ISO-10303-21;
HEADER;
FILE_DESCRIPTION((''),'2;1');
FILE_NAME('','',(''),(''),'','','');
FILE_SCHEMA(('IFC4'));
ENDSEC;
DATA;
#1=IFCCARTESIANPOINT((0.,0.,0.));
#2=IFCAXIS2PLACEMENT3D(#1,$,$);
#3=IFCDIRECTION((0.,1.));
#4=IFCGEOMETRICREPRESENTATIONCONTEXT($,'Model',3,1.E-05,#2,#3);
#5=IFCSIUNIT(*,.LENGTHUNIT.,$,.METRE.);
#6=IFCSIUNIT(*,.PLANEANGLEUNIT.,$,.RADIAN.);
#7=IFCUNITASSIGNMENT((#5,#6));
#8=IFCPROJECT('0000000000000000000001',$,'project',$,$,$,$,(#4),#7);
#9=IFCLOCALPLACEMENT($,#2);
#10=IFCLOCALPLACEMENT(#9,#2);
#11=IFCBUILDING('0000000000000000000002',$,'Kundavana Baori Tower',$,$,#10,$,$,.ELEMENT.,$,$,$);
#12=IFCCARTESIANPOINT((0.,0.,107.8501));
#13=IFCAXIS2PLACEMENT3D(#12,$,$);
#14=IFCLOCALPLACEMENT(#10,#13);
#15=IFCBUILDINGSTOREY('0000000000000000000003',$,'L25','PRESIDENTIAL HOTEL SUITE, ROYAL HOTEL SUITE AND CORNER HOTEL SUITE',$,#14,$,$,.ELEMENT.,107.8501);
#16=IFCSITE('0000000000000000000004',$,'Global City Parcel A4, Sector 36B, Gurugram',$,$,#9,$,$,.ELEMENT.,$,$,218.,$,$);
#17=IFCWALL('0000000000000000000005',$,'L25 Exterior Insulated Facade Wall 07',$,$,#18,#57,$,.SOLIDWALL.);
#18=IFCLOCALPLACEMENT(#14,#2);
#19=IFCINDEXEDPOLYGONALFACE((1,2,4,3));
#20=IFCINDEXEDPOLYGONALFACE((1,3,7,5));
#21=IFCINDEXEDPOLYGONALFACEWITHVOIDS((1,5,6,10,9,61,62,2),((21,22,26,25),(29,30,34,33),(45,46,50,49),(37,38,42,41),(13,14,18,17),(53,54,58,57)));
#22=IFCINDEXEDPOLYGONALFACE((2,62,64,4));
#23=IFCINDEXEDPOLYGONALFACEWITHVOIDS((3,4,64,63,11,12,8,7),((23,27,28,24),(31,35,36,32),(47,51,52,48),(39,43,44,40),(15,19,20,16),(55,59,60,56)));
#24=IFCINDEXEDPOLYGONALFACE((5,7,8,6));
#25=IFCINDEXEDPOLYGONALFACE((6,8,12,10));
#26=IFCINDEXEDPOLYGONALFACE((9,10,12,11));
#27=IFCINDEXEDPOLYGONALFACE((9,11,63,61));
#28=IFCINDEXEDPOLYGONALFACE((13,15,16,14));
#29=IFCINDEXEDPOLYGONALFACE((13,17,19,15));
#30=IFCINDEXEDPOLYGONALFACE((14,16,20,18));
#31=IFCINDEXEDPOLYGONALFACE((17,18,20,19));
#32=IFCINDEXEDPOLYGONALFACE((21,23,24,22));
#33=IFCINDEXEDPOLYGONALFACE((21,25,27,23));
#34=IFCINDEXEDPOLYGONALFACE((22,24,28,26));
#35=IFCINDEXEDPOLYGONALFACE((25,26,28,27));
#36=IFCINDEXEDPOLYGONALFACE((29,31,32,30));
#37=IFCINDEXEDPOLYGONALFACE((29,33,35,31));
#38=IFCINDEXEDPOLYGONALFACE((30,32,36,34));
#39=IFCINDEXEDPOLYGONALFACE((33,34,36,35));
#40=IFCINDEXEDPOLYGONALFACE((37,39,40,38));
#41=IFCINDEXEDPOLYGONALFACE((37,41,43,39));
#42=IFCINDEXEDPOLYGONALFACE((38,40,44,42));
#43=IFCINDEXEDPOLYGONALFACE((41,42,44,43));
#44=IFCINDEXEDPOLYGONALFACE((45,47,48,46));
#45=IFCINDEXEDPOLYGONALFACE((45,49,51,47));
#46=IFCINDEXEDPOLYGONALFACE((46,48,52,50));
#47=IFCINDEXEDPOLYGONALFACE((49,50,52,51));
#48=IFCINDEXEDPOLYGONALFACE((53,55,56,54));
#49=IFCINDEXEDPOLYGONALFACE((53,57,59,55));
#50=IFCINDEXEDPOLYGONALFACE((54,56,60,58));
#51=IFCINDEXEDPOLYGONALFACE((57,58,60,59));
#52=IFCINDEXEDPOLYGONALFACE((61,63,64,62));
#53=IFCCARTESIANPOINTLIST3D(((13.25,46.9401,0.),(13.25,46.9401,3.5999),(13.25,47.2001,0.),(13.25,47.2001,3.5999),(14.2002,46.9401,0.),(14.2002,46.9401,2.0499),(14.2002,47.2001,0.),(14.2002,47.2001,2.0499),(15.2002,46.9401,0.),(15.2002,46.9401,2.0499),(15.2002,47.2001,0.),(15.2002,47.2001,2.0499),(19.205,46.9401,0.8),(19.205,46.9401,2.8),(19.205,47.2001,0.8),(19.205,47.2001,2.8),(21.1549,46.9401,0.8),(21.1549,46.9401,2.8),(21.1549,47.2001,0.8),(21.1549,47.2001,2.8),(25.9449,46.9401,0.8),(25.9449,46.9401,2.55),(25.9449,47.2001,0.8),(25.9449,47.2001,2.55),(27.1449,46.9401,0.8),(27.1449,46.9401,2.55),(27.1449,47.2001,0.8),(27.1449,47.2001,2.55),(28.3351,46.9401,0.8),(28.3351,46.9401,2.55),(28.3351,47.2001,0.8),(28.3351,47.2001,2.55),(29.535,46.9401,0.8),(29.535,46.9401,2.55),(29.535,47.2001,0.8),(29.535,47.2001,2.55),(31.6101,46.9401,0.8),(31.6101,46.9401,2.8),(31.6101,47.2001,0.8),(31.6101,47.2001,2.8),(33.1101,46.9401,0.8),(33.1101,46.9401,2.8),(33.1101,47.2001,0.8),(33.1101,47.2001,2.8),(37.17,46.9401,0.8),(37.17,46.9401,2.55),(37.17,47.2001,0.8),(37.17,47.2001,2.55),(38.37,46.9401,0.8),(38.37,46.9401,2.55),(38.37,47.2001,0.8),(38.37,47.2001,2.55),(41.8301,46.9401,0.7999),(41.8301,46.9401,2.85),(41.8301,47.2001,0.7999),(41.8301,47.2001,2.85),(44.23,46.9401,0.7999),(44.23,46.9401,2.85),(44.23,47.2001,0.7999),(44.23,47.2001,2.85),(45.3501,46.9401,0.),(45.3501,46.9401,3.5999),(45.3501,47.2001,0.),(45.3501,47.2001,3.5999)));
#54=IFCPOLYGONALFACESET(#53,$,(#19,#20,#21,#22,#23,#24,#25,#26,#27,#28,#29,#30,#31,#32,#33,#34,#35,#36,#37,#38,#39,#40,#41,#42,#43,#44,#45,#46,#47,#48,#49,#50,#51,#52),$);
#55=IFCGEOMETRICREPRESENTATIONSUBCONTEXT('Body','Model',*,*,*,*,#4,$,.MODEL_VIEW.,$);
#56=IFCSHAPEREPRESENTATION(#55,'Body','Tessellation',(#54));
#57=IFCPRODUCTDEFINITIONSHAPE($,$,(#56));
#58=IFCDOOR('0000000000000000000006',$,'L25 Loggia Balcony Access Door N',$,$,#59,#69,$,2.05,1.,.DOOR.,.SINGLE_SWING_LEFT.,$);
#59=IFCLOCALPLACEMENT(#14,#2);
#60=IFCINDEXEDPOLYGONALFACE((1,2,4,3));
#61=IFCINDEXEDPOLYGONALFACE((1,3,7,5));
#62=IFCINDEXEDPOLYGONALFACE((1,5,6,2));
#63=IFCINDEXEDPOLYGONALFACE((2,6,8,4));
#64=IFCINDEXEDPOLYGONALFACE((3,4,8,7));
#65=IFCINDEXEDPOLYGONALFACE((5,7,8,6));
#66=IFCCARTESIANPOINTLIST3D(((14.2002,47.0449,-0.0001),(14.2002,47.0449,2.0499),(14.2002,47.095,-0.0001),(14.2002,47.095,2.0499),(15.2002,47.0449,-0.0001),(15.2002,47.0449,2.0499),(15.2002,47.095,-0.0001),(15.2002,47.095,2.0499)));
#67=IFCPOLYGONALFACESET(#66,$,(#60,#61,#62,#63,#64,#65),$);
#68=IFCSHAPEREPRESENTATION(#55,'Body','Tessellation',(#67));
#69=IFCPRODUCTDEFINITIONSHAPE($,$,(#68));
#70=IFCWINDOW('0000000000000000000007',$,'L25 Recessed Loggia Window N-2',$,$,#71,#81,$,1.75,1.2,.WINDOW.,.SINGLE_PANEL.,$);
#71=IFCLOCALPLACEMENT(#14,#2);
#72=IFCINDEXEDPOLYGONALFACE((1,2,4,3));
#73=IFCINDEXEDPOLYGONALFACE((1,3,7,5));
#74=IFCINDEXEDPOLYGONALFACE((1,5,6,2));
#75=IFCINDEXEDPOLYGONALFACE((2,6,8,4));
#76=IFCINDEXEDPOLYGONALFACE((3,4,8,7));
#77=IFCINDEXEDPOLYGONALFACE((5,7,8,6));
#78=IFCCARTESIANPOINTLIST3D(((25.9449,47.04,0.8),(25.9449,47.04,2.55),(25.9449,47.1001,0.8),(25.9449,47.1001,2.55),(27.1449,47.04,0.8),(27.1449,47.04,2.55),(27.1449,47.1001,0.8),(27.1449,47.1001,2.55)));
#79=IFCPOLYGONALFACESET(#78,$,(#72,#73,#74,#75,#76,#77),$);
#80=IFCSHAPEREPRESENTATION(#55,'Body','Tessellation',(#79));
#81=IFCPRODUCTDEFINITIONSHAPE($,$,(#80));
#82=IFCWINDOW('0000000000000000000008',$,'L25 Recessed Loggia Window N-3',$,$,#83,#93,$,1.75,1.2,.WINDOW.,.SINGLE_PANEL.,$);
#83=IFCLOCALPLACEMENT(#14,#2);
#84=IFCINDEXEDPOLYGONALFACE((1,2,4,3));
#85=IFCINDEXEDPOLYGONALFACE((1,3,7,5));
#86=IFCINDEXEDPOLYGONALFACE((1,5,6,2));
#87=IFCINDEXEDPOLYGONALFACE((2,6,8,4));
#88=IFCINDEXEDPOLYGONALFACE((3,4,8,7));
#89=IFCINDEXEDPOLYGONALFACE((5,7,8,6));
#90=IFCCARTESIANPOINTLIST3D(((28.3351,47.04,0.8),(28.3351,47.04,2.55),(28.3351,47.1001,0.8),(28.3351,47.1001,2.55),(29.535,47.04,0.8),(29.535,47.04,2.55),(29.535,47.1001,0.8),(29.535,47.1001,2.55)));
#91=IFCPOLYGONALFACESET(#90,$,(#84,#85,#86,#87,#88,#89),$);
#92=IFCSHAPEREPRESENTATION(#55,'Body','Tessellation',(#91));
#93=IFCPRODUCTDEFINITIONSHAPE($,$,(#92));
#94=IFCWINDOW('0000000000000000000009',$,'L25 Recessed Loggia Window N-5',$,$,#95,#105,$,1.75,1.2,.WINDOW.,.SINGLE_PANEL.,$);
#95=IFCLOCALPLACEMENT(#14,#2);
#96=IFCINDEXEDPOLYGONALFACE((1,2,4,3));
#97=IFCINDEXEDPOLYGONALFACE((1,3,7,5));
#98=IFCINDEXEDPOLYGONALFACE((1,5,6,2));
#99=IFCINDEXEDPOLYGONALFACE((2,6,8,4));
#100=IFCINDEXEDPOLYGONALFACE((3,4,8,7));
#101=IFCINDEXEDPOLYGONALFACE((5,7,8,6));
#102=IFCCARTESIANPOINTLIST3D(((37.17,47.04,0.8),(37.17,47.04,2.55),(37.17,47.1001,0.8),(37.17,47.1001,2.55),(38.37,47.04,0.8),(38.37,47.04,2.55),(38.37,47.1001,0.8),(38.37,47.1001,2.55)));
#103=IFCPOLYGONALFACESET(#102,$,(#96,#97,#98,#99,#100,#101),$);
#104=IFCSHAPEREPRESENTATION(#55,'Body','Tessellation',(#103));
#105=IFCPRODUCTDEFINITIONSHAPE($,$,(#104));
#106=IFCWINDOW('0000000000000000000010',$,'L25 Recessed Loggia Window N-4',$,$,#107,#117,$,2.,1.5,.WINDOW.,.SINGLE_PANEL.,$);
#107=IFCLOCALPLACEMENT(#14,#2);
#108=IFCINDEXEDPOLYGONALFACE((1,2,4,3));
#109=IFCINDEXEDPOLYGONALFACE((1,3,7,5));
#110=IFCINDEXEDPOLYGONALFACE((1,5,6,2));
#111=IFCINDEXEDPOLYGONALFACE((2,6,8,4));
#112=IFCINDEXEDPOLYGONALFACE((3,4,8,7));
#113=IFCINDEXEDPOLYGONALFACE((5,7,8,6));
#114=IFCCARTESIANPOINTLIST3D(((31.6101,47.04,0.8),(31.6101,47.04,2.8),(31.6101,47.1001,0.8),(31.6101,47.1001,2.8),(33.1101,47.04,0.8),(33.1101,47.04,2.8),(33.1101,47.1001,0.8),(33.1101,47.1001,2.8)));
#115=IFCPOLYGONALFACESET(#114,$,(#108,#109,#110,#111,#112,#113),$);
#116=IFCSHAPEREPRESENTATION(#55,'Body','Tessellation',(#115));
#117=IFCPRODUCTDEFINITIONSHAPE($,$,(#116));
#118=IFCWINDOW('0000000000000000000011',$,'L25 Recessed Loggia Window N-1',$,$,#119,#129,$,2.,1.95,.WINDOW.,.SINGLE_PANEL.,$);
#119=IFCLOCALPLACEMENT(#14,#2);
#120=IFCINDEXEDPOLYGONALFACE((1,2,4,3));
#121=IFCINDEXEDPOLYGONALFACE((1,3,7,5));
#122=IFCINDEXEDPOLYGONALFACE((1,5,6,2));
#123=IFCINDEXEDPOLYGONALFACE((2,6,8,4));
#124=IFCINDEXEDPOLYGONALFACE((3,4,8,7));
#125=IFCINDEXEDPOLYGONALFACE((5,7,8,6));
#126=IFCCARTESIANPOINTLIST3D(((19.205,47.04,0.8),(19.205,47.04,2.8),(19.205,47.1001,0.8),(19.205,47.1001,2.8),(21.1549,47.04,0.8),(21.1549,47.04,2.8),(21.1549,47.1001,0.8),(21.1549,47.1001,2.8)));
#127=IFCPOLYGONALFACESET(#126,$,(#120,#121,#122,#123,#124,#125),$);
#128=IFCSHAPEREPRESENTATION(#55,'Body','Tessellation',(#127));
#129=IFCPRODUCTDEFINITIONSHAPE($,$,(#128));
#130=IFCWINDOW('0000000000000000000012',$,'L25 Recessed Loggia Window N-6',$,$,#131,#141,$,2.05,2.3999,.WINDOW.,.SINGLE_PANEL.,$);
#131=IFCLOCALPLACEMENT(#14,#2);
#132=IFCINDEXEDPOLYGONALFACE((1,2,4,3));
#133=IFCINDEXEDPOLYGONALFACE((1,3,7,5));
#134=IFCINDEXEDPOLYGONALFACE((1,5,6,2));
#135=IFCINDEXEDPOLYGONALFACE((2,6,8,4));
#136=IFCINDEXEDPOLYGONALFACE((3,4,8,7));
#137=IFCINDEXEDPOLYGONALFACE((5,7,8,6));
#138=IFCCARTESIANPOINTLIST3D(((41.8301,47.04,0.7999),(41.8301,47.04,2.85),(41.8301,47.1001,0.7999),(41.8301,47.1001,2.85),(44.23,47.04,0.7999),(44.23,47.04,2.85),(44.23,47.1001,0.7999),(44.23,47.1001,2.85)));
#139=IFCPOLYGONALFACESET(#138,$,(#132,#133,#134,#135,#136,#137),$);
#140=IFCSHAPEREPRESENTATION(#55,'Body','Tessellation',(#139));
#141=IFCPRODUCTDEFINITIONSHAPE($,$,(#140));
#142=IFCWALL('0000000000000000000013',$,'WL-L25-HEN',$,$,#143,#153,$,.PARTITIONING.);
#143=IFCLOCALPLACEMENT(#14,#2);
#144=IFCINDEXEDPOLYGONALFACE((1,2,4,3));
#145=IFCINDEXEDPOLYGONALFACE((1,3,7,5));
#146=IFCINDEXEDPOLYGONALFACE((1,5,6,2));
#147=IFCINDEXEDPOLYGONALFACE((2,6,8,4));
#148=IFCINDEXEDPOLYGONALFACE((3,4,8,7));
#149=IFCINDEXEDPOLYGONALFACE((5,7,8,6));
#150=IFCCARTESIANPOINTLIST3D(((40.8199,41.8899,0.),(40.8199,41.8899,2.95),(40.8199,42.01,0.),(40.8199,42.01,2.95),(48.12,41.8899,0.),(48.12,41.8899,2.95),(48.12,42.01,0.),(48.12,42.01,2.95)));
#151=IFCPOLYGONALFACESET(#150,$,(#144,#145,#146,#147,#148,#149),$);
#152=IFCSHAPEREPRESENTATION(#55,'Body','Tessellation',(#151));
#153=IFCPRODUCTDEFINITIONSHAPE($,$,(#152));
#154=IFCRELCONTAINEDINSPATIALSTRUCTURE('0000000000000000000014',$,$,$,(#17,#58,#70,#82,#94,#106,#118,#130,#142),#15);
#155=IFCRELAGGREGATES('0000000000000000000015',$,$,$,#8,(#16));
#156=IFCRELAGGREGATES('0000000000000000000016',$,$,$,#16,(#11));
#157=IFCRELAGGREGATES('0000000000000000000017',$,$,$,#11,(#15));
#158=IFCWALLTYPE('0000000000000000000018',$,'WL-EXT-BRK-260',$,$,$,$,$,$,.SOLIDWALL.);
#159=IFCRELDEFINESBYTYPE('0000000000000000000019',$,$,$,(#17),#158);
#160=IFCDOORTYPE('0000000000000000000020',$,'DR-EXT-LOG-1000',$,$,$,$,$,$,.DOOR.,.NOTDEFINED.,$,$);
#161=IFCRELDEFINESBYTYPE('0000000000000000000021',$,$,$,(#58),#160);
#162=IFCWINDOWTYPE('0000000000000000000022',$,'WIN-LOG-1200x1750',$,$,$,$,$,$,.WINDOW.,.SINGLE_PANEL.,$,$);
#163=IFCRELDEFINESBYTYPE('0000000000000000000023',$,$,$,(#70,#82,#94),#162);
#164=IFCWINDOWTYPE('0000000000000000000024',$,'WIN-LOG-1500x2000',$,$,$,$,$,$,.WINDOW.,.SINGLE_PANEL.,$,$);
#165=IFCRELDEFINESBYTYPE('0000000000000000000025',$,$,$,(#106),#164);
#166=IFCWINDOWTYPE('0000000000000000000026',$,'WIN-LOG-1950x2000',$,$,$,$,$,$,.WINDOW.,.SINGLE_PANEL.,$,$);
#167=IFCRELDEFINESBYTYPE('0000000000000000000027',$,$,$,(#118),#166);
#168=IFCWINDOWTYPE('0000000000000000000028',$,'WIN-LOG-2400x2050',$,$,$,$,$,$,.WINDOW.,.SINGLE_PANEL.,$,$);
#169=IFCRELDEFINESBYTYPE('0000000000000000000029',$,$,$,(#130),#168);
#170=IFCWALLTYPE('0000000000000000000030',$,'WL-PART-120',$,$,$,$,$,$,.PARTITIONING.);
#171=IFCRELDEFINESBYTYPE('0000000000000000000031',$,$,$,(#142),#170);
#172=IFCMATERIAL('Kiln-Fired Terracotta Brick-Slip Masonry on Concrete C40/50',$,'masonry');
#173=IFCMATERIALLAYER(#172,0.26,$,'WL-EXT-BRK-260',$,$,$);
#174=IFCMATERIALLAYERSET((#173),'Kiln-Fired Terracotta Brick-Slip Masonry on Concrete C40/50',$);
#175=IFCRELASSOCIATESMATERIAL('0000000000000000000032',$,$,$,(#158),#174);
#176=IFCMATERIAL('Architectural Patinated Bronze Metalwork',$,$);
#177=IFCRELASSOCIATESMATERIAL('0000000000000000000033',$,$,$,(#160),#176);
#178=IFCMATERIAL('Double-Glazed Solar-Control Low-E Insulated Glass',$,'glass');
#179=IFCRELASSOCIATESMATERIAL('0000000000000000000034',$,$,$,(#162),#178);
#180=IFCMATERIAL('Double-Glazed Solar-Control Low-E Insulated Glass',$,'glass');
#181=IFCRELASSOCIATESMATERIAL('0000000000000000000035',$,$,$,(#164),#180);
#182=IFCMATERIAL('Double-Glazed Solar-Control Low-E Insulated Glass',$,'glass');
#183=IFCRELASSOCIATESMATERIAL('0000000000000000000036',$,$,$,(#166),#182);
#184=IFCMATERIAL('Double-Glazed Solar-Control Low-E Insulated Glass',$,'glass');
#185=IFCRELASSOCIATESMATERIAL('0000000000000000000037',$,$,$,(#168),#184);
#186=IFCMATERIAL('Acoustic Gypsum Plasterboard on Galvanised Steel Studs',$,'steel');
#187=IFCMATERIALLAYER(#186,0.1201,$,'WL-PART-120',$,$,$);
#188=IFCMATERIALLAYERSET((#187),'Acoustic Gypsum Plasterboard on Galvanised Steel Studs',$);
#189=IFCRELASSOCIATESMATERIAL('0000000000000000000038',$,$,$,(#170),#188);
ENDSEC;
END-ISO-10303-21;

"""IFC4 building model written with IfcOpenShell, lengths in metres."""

from ifc_helpers import new_model, si_unit, direction, frame, frame_2d, origin, place, context, subcontext, project, spatial, rectangle, extrude, material, layer, layer_set, type_object, element, fill, save


model = new_model("IFC4")

# Units and contexts
model_context = context("Model", 3, precision=1e-05, world=origin(), true_north=direction((0.0, 1.0)))
body_context = subcontext(model_context, "Body", "Model", "MODEL_VIEW")
ifc_project = project(units=[si_unit("LENGTHUNIT", "METRE"), si_unit("PLANEANGLEUNIT", "RADIAN")], contexts=[model_context])

# Site, building, storey
site_placement = place(None, origin())
site = spatial("IfcSite", under=ifc_project, at=site_placement, Name="Global City Parcel A4, Sector 36B, Gurugram", CompositionType="ELEMENT", RefElevation=218.0)
building_placement = place(site_placement, origin())
building = spatial("IfcBuilding", under=site, at=building_placement, Name="Kundavana Baori Tower", CompositionType="ELEMENT")
storey_placement = place(building_placement, frame((0.0, 0.0, 107.8501)))
storey = spatial("IfcBuildingStorey", under=building, at=storey_placement, Name="L25", Description="PRESIDENTIAL HOTEL SUITE, ROYAL HOTEL SUITE AND CORNER HOTEL SUITE", CompositionType="ELEMENT", Elevation=107.8501)

# Shared definitions
ifc_material_1 = material(Name="Kiln-Fired Terracotta Brick-Slip Masonry on Concrete C40/50", Category="masonry")
ifc_layer_1 = layer(ifc_material_1, 0.26, Name="WL-EXT-BRK-260")
ifc_layer_set_1 = layer_set([ifc_layer_1], Name="Kiln-Fired Terracotta Brick-Slip Masonry on Concrete C40/50")
wall_type_1 = type_object("IfcWallType", Name="WL-EXT-BRK-260", PredefinedType="SOLIDWALL", material=ifc_layer_set_1)

# Wall, openings, door, windows
wall_1_placement = place(storey_placement, frame((45.3501, 47.0701, 0.0), z_axis=(0.0, 0.0, 1.0), x_axis=(-1.0, 0.0, 0.0)))
wall_1 = element("IfcWall", 1, at=wall_1_placement, inside=storey, type_object=wall_type_1, Name="L25 Exterior Insulated Facade Wall 07", PredefinedType="SOLIDWALL", context=body_context, shape_type="SweptSolid", body=[
    extrude(rectangle(XDim=32.1001, YDim=0.26, at=frame_2d((16.05, 0.0))), origin(), (0.0, 0.0, 1.0), 3.5999),
])
opening_1_placement = place(wall_1_placement, frame((30.1499, 0.0, 0.0)))
opening_1 = element("IfcOpeningElement", 2, at=opening_1_placement, cuts=wall_1, PredefinedType="OPENING", context=body_context, shape_type="SweptSolid", body=[
    extrude(rectangle(XDim=1.0, YDim=2.05, at=frame_2d((0.5, 1.0249))), frame((0.0, 0.1401, 0.0), z_axis=(0.0, -1.0, 0.0), x_axis=(1.0, 0.0, 0.0)), (0.0, 0.0, 1.0), 0.28),
])
opening_2_placement = place(wall_1_placement, frame((24.1951, 0.0, 0.8)))
opening_2 = element("IfcOpeningElement", 3, at=opening_2_placement, cuts=wall_1, PredefinedType="OPENING", context=body_context, shape_type="SweptSolid", body=[
    extrude(rectangle(XDim=1.95, YDim=2.0, at=frame_2d((0.9751, 1.0))), frame((0.0, 0.1401, 0.0), z_axis=(0.0, -1.0, 0.0), x_axis=(1.0, 0.0, 0.0)), (0.0, 0.0, 1.0), 0.28),
])
opening_3_placement = place(wall_1_placement, frame((18.2051, 0.0, 0.8)))
opening_3 = element("IfcOpeningElement", 4, at=opening_3_placement, cuts=wall_1, PredefinedType="OPENING", context=body_context, shape_type="SweptSolid", body=[
    extrude(rectangle(XDim=1.2, YDim=1.75, at=frame_2d((0.6001, 0.875))), frame((0.0, 0.1401, 0.0), z_axis=(0.0, -1.0, 0.0), x_axis=(1.0, 0.0, 0.0)), (0.0, 0.0, 1.0), 0.28),
])
opening_4_placement = place(wall_1_placement, frame((15.8149, 0.0, 0.8)))
opening_4 = element("IfcOpeningElement", 5, at=opening_4_placement, cuts=wall_1, PredefinedType="OPENING", context=body_context, shape_type="SweptSolid", body=[
    extrude(rectangle(XDim=1.2, YDim=1.75, at=frame_2d((0.6001, 0.875))), frame((0.0, 0.1401, 0.0), z_axis=(0.0, -1.0, 0.0), x_axis=(1.0, 0.0, 0.0)), (0.0, 0.0, 1.0), 0.28),
])
opening_5_placement = place(wall_1_placement, frame((12.24, 0.0, 0.8)))
opening_5 = element("IfcOpeningElement", 6, at=opening_5_placement, cuts=wall_1, PredefinedType="OPENING", context=body_context, shape_type="SweptSolid", body=[
    extrude(rectangle(XDim=1.5, YDim=2.0, at=frame_2d((0.75, 1.0))), frame((0.0, 0.1401, 0.0), z_axis=(0.0, -1.0, 0.0), x_axis=(1.0, 0.0, 0.0)), (0.0, 0.0, 1.0), 0.28),
])
opening_6_placement = place(wall_1_placement, frame((6.98, 0.0, 0.8)))
opening_6 = element("IfcOpeningElement", 7, at=opening_6_placement, cuts=wall_1, PredefinedType="OPENING", context=body_context, shape_type="SweptSolid", body=[
    extrude(rectangle(XDim=1.2, YDim=1.75, at=frame_2d((0.6001, 0.875))), frame((0.0, 0.1401, 0.0), z_axis=(0.0, -1.0, 0.0), x_axis=(1.0, 0.0, 0.0)), (0.0, 0.0, 1.0), 0.28),
])
opening_7_placement = place(wall_1_placement, frame((1.1201, 0.0, 0.8)))
opening_7 = element("IfcOpeningElement", 8, at=opening_7_placement, cuts=wall_1, PredefinedType="OPENING", context=body_context, shape_type="SweptSolid", body=[
    extrude(rectangle(XDim=2.3999, YDim=2.05, at=frame_2d((1.2, 1.0249))), frame((0.0, 0.1401, 0.0), z_axis=(0.0, -1.0, 0.0), x_axis=(1.0, 0.0, 0.0)), (0.0, 0.0, 1.0), 0.28),
])
ifc_material_2 = material(Name="Architectural Patinated Bronze Metalwork")
door_type_1 = type_object("IfcDoorType", Name="DR-EXT-LOG-1000", OperationType="NOTDEFINED", PredefinedType="DOOR", material=ifc_material_2)
door_1_placement = place(opening_1_placement, frame((1.0, 0.0, 0.0), z_axis=(0.0, 0.0, 1.0), x_axis=(-1.0, 0.0, 0.0)))
door_1 = element("IfcDoor", 9, at=door_1_placement, inside=storey, type_object=door_type_1, Name="L25 Loggia Balcony Access Door N", OperationType="SINGLE_SWING_LEFT", OverallHeight=2.05, OverallWidth=1.0, PredefinedType="DOOR", context=body_context, shape_type="SweptSolid", body=[
    extrude(rectangle(XDim=1.0, YDim=2.05, at=frame_2d((0.5, 1.0249))), frame((0.0, 0.0249, 0.0), z_axis=(0.0, -1.0, 0.0), x_axis=(1.0, 0.0, 0.0)), (0.0, 0.0, 1.0), 0.05),
])
fill(opening_1, door_1)
ifc_material_3 = material(Name="Double-Glazed Solar-Control Low-E Insulated Glass", Category="glass")
window_type_1 = type_object("IfcWindowType", Name="WIN-LOG-1200x1750", PartitioningType="SINGLE_PANEL", PredefinedType="WINDOW", material=ifc_material_3)
window_1_placement = place(opening_3_placement, origin())
window_1 = element("IfcWindow", 10, at=window_1_placement, inside=storey, type_object=window_type_1, Name="L25 Recessed Loggia Window N-2", OverallHeight=1.75, OverallWidth=1.2, PartitioningType="SINGLE_PANEL", PredefinedType="WINDOW", context=body_context, shape_type="SweptSolid", body=[
    extrude(rectangle(XDim=1.2, YDim=1.75, at=frame_2d((0.6001, 0.875))), frame((0.0, 0.03, 0.0), z_axis=(0.0, -1.0, 0.0), x_axis=(1.0, 0.0, 0.0)), (0.0, 0.0, 1.0), 0.0601),
])
fill(opening_3, window_1)
window_2_placement = place(opening_4_placement, origin())
window_2 = element("IfcWindow", 11, at=window_2_placement, inside=storey, type_object=window_type_1, Name="L25 Recessed Loggia Window N-3", OverallHeight=1.75, OverallWidth=1.2, PartitioningType="SINGLE_PANEL", PredefinedType="WINDOW", context=body_context, shape_type="SweptSolid", body=[
    extrude(rectangle(XDim=1.2, YDim=1.75, at=frame_2d((0.6001, 0.875))), frame((0.0, 0.03, 0.0), z_axis=(0.0, -1.0, 0.0), x_axis=(1.0, 0.0, 0.0)), (0.0, 0.0, 1.0), 0.0601),
])
fill(opening_4, window_2)
window_3_placement = place(opening_6_placement, origin())
window_3 = element("IfcWindow", 12, at=window_3_placement, inside=storey, type_object=window_type_1, Name="L25 Recessed Loggia Window N-5", OverallHeight=1.75, OverallWidth=1.2, PartitioningType="SINGLE_PANEL", PredefinedType="WINDOW", context=body_context, shape_type="SweptSolid", body=[
    extrude(rectangle(XDim=1.2, YDim=1.75, at=frame_2d((0.6001, 0.875))), frame((0.0, 0.03, 0.0), z_axis=(0.0, -1.0, 0.0), x_axis=(1.0, 0.0, 0.0)), (0.0, 0.0, 1.0), 0.0601),
])
fill(opening_6, window_3)
ifc_material_4 = material(Name="Double-Glazed Solar-Control Low-E Insulated Glass", Category="glass")
window_type_2 = type_object("IfcWindowType", Name="WIN-LOG-1500x2000", PartitioningType="SINGLE_PANEL", PredefinedType="WINDOW", material=ifc_material_4)
window_4_placement = place(opening_5_placement, origin())
window_4 = element("IfcWindow", 13, at=window_4_placement, inside=storey, type_object=window_type_2, Name="L25 Recessed Loggia Window N-4", OverallHeight=2.0, OverallWidth=1.5, PartitioningType="SINGLE_PANEL", PredefinedType="WINDOW", context=body_context, shape_type="SweptSolid", body=[
    extrude(rectangle(XDim=1.5, YDim=2.0, at=frame_2d((0.75, 1.0))), frame((0.0, 0.03, 0.0), z_axis=(0.0, -1.0, 0.0), x_axis=(1.0, 0.0, 0.0)), (0.0, 0.0, 1.0), 0.0601),
])
fill(opening_5, window_4)
ifc_material_5 = material(Name="Double-Glazed Solar-Control Low-E Insulated Glass", Category="glass")
window_type_3 = type_object("IfcWindowType", Name="WIN-LOG-1950x2000", PartitioningType="SINGLE_PANEL", PredefinedType="WINDOW", material=ifc_material_5)
window_5_placement = place(opening_2_placement, origin())
window_5 = element("IfcWindow", 14, at=window_5_placement, inside=storey, type_object=window_type_3, Name="L25 Recessed Loggia Window N-1", OverallHeight=2.0, OverallWidth=1.95, PartitioningType="SINGLE_PANEL", PredefinedType="WINDOW", context=body_context, shape_type="SweptSolid", body=[
    extrude(rectangle(XDim=1.95, YDim=2.0, at=frame_2d((0.9751, 1.0))), frame((0.0, 0.03, 0.0), z_axis=(0.0, -1.0, 0.0), x_axis=(1.0, 0.0, 0.0)), (0.0, 0.0, 1.0), 0.0601),
])
fill(opening_2, window_5)
ifc_material_6 = material(Name="Double-Glazed Solar-Control Low-E Insulated Glass", Category="glass")
window_type_4 = type_object("IfcWindowType", Name="WIN-LOG-2400x2050", PartitioningType="SINGLE_PANEL", PredefinedType="WINDOW", material=ifc_material_6)
window_6_placement = place(opening_7_placement, origin())
window_6 = element("IfcWindow", 15, at=window_6_placement, inside=storey, type_object=window_type_4, Name="L25 Recessed Loggia Window N-6", OverallHeight=2.05, OverallWidth=2.3999, PartitioningType="SINGLE_PANEL", PredefinedType="WINDOW", context=body_context, shape_type="SweptSolid", body=[
    extrude(rectangle(XDim=2.3999, YDim=2.05, at=frame_2d((1.2, 1.0249))), frame((0.0, 0.03, 0.0), z_axis=(0.0, -1.0, 0.0), x_axis=(1.0, 0.0, 0.0)), (0.0, 0.0, 1.0), 0.0601),
])
fill(opening_7, window_6)

# Wall
ifc_material_7 = material(Name="Acoustic Gypsum Plasterboard on Galvanised Steel Studs", Category="steel")
ifc_layer_2 = layer(ifc_material_7, 0.1201, Name="WL-PART-120")
ifc_layer_set_2 = layer_set([ifc_layer_2], Name="Acoustic Gypsum Plasterboard on Galvanised Steel Studs")
wall_type_2 = type_object("IfcWallType", Name="WL-PART-120", PredefinedType="PARTITIONING", material=ifc_layer_set_2)
wall_2_placement = place(storey_placement, frame((40.8201, 41.95, 0.0), z_axis=(0.0, 0.0, 1.0), x_axis=(1.0, 0.0, 0.0)))
element("IfcWall", 16, at=wall_2_placement, inside=storey, type_object=wall_type_2, Name="WL-L25-HEN", PredefinedType="PARTITIONING", context=body_context, shape_type="SweptSolid", body=[
    extrude(rectangle(XDim=7.3, YDim=0.1201, at=frame_2d((3.6499, 0.0))), origin(), (0.0, 0.0, 1.0), 2.95),
])

save(model, "model.ifc")
